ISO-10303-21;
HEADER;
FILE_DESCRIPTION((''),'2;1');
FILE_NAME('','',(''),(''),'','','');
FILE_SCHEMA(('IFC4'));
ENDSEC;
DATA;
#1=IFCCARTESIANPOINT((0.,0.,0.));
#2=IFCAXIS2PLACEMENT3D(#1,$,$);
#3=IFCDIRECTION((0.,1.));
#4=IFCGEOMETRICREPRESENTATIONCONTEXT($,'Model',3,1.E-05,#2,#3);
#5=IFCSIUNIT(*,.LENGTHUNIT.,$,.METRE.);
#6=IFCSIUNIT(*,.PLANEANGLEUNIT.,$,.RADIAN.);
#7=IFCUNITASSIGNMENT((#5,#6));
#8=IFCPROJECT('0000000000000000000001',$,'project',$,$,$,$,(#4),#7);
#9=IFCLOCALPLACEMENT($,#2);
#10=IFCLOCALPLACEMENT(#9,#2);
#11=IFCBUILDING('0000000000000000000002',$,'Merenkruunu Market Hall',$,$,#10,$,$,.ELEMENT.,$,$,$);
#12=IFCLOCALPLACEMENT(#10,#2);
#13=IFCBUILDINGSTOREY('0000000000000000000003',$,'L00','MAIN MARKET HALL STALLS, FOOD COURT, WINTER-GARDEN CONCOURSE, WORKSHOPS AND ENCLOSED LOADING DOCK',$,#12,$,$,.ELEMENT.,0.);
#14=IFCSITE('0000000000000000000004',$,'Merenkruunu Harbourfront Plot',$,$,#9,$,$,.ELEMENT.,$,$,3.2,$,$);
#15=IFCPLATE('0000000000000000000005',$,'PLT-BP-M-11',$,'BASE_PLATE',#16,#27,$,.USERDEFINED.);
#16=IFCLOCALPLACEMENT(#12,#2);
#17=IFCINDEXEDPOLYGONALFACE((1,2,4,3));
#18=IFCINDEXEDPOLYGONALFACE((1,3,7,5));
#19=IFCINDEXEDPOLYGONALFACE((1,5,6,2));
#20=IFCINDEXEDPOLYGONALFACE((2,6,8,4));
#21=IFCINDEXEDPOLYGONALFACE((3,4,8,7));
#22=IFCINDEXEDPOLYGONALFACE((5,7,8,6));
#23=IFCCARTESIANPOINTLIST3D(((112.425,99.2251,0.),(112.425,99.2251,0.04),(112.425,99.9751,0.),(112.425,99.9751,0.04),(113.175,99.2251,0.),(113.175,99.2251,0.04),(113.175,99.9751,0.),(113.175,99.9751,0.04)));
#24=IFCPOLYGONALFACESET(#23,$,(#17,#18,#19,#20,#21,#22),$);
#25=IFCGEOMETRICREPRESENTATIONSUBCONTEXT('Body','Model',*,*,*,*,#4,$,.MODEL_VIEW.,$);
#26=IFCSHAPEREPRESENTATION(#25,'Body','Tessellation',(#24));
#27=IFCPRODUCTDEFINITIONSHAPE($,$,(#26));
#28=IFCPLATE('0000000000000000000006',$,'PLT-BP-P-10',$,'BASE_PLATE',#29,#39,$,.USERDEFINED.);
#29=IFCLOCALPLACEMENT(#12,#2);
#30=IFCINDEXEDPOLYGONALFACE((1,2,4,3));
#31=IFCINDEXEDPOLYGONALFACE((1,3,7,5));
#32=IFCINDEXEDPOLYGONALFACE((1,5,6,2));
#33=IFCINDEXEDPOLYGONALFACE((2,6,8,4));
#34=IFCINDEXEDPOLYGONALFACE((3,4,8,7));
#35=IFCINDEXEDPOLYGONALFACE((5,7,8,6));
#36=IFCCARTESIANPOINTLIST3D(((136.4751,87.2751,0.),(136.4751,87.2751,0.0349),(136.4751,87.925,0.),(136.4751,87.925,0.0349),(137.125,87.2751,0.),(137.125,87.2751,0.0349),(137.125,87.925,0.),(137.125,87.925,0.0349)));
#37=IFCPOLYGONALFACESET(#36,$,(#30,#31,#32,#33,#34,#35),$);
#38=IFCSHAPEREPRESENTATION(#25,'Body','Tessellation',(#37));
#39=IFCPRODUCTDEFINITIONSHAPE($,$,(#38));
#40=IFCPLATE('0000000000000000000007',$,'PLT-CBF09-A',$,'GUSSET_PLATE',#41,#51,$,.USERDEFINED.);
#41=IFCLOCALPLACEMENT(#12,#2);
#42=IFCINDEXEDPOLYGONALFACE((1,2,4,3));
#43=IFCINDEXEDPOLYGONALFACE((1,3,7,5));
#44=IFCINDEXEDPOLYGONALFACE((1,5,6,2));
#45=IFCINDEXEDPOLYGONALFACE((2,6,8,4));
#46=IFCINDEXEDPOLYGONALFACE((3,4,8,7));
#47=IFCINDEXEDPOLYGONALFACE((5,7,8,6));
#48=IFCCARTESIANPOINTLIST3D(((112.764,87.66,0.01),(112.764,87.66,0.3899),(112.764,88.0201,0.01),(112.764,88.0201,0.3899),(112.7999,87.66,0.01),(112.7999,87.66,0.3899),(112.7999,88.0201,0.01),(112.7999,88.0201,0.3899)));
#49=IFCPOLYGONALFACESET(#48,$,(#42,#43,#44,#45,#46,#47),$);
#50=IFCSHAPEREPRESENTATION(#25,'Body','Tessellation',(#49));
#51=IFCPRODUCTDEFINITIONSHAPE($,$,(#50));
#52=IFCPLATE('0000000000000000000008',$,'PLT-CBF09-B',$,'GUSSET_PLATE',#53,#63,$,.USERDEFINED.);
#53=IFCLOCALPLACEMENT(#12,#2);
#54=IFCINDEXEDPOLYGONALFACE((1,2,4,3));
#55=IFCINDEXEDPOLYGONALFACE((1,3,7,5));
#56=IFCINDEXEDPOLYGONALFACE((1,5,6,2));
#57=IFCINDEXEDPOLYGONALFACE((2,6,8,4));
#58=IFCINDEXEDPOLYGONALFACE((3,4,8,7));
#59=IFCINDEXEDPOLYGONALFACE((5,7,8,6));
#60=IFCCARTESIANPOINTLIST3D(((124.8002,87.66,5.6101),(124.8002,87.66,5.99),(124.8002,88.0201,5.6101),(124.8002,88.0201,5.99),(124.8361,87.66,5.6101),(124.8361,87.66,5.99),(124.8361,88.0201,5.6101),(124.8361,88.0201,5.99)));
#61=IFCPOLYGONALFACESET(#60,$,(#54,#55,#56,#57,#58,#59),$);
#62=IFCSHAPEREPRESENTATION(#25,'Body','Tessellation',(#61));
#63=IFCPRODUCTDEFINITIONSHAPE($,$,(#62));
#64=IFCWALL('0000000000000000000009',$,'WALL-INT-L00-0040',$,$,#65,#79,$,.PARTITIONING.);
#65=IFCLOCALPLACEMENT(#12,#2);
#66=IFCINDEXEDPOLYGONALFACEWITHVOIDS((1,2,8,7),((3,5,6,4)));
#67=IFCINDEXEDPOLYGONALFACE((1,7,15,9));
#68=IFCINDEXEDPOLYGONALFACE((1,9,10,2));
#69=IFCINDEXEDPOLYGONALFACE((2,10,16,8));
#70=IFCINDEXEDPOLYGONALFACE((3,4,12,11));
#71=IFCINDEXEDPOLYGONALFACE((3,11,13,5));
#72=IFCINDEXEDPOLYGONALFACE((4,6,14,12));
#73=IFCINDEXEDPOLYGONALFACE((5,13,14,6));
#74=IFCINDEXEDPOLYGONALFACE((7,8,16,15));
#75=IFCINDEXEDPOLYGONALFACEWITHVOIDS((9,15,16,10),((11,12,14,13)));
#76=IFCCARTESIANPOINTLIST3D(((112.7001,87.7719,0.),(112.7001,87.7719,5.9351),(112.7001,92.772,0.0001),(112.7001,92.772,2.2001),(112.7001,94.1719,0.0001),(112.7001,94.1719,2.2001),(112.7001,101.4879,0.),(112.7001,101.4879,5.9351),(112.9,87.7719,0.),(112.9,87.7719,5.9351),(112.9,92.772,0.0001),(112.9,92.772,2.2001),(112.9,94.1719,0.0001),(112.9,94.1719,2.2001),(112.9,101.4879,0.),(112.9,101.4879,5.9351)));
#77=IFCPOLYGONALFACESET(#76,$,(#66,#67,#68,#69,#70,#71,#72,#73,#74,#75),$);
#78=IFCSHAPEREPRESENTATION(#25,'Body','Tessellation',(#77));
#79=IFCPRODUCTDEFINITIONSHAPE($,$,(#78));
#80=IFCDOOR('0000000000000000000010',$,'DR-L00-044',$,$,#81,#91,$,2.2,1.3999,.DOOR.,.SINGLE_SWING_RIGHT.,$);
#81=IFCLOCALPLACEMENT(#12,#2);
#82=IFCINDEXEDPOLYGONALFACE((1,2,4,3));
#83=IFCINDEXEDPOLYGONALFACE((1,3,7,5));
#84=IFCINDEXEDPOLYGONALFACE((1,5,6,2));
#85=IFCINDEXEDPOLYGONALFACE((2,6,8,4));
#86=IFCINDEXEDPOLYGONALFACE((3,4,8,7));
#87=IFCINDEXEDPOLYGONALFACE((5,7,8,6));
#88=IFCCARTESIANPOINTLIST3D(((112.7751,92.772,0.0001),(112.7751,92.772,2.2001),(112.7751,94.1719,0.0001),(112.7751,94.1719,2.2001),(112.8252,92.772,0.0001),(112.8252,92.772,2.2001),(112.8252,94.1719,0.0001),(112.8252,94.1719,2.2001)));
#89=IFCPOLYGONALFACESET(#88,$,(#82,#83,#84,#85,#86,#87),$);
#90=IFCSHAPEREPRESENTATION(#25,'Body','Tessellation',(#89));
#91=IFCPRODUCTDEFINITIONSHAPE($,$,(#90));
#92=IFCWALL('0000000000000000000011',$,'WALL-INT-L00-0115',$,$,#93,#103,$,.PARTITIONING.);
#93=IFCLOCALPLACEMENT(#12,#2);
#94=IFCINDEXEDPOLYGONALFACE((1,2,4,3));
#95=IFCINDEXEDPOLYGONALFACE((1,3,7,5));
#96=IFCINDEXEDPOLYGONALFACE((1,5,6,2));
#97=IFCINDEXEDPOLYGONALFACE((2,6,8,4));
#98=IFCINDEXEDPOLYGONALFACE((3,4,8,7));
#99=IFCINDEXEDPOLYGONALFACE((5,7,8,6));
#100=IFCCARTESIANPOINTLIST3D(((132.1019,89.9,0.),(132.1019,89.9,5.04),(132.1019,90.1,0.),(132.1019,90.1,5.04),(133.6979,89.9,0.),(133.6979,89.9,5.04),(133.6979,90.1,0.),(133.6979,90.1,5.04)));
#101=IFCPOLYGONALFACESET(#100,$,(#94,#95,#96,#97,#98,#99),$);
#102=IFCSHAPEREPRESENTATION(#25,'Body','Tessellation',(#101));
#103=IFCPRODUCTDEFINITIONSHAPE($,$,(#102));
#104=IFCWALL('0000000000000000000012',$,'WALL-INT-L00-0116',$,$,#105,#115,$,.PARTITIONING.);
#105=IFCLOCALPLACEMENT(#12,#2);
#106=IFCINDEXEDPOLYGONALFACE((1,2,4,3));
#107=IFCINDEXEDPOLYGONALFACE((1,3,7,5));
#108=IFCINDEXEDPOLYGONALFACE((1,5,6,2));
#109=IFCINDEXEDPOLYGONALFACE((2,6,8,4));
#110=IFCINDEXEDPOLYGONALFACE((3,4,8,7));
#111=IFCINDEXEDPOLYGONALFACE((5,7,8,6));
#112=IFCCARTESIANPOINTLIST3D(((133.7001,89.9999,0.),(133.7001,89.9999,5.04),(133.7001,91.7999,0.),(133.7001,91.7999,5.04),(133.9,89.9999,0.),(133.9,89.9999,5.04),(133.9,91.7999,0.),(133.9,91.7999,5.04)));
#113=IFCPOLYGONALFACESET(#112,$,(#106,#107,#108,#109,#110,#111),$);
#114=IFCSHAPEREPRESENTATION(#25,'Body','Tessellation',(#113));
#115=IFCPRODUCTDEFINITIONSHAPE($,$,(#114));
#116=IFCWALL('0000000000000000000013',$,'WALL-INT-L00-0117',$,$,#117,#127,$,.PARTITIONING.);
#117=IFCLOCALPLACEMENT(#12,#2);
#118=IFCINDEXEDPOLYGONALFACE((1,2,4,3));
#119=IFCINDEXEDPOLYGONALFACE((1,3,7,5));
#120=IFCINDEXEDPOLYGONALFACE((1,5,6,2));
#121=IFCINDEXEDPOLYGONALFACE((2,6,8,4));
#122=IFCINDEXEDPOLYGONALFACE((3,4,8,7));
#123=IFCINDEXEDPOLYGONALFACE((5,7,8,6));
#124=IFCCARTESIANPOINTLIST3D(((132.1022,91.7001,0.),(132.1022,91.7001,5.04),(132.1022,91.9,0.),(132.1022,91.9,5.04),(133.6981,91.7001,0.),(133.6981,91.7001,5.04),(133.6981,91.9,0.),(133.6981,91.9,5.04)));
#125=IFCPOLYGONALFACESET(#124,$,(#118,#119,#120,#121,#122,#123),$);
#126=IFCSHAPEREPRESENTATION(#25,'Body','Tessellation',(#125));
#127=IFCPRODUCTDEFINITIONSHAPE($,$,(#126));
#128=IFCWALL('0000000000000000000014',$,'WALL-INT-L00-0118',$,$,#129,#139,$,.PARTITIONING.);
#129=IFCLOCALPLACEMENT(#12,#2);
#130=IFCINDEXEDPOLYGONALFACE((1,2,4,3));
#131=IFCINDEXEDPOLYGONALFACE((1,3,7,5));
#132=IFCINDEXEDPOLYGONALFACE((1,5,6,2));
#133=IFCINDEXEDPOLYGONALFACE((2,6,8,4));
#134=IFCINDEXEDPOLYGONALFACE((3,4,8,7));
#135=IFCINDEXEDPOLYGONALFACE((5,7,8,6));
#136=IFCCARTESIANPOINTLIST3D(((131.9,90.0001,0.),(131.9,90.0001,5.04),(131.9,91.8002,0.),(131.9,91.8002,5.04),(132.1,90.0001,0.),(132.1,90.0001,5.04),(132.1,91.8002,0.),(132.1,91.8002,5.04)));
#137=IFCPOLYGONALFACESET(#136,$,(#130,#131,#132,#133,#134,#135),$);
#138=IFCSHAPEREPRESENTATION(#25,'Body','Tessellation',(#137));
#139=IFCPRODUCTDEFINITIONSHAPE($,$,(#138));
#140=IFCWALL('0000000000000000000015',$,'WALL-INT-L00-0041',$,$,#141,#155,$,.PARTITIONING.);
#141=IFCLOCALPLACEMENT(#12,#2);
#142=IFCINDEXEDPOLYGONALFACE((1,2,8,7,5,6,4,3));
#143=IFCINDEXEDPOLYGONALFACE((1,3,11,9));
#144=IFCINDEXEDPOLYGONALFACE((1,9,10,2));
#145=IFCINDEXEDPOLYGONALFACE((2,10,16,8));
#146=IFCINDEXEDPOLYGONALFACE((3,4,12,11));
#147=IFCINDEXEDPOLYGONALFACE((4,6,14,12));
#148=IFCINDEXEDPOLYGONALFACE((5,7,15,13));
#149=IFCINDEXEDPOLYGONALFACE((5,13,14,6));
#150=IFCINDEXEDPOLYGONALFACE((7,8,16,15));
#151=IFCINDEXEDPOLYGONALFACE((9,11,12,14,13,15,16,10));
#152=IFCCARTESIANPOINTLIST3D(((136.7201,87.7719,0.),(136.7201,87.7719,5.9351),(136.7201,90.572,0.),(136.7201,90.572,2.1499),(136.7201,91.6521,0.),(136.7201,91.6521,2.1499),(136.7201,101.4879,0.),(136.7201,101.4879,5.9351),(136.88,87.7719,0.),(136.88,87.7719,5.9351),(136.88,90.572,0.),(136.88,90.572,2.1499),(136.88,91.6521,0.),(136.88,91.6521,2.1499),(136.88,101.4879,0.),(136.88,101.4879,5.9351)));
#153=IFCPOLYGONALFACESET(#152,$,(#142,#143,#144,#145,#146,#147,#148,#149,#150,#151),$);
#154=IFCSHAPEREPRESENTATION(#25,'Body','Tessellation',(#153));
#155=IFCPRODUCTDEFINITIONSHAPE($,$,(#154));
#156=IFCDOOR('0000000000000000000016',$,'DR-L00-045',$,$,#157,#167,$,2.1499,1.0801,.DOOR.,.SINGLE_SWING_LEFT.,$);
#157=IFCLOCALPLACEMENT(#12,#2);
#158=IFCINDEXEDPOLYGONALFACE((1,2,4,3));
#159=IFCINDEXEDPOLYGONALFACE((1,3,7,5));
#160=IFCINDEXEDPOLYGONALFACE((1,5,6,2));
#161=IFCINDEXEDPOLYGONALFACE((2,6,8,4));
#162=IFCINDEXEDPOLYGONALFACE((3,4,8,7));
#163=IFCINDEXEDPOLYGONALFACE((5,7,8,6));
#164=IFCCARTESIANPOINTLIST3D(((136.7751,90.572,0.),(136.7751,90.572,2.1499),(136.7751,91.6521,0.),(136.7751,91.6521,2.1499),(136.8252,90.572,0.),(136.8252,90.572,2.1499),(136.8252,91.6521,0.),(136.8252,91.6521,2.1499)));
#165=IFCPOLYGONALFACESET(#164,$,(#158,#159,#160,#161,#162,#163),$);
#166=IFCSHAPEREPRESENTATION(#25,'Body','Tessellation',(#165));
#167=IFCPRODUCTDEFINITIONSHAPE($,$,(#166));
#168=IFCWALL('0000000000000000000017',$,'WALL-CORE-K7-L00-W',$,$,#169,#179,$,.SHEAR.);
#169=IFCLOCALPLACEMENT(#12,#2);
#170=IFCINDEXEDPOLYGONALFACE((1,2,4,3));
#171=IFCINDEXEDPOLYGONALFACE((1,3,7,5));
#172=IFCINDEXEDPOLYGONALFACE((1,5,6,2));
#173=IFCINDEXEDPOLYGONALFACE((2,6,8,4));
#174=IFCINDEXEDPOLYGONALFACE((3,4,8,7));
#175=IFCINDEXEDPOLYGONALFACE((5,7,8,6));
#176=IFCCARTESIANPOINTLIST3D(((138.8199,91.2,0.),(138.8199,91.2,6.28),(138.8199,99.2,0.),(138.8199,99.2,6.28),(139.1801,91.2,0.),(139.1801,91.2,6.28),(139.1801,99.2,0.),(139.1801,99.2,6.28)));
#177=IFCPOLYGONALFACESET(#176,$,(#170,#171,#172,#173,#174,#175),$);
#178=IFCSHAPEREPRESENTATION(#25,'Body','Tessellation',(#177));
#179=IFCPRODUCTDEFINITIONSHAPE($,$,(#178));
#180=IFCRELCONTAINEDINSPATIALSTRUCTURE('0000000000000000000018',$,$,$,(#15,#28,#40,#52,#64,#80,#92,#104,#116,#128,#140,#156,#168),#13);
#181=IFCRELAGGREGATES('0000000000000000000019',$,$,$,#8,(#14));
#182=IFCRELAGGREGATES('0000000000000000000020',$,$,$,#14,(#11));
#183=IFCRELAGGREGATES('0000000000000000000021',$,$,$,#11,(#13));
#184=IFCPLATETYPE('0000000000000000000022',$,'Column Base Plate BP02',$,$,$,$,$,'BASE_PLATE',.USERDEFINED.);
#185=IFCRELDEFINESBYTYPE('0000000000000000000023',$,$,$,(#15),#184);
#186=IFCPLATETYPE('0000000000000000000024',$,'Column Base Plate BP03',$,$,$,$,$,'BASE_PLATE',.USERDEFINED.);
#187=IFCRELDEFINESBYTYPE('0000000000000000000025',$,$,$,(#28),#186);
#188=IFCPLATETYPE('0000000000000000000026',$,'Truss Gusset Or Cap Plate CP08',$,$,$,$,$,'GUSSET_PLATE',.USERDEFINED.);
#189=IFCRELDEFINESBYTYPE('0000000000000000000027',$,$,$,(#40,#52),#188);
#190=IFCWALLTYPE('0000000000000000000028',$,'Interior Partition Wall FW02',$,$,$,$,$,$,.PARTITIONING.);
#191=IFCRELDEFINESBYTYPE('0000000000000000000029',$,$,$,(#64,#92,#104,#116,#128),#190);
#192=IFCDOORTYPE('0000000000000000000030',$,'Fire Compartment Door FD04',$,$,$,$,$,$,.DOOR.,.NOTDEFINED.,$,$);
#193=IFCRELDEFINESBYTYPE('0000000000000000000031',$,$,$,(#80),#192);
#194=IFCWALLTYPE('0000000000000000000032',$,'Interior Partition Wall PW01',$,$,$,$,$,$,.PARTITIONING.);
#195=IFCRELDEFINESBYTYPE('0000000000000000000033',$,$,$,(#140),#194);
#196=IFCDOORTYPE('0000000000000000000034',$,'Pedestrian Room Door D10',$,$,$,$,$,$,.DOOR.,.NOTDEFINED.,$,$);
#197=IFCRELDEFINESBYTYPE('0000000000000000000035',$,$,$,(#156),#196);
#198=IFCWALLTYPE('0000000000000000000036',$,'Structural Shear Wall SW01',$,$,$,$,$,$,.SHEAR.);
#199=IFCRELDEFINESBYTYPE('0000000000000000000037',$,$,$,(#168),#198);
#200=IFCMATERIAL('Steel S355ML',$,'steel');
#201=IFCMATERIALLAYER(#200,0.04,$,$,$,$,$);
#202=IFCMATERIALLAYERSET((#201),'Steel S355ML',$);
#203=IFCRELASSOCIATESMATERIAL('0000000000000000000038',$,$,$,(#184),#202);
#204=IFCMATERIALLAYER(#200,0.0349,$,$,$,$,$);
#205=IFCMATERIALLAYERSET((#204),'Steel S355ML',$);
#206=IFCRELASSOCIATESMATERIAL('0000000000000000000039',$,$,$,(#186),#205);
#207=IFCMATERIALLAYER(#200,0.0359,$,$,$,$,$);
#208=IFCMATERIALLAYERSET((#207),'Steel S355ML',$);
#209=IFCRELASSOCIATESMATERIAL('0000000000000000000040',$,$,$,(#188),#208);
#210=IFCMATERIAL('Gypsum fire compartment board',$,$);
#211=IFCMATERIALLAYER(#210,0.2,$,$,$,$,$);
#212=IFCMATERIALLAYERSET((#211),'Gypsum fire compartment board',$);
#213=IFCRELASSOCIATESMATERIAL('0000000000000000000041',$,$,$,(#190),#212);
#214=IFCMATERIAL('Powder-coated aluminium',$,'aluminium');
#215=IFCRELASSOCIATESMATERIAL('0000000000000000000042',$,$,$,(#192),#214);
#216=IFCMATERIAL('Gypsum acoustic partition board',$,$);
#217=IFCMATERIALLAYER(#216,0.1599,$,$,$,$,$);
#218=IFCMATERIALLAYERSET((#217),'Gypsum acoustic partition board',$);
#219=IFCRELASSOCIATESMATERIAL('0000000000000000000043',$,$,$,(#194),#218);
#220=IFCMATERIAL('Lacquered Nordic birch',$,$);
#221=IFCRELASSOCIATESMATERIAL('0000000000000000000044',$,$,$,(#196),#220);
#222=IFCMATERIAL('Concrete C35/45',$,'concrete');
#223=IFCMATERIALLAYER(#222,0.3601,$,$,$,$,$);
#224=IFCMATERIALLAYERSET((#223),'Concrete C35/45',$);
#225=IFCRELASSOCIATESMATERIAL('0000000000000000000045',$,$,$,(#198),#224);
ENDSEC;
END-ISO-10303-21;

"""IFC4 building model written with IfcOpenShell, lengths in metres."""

from ifc_helpers import new_model, si_unit, direction, frame, frame_2d, origin, origin_2d, place, context, subcontext, project, spatial, rectangle, extrude, material, layer, layer_set, type_object, element, fill, save


model = new_model("IFC4")

# Units and contexts
model_context = context("Model", 3, precision=1e-05, world=origin(), true_north=direction((0.0, 1.0)))
body_context = subcontext(model_context, "Body", "Model", "MODEL_VIEW")
ifc_project = project(units=[si_unit("LENGTHUNIT", "METRE"), si_unit("PLANEANGLEUNIT", "RADIAN")], contexts=[model_context])

# Site, building, storey
site_placement = place(None, origin())
site = spatial("IfcSite", under=ifc_project, at=site_placement, Name="Merenkruunu Harbourfront Plot", CompositionType="ELEMENT", RefElevation=3.2)
building_placement = place(site_placement, origin())
building = spatial("IfcBuilding", under=site, at=building_placement, Name="Merenkruunu Market Hall", CompositionType="ELEMENT")
storey_placement = place(building_placement, origin())
storey = spatial("IfcBuildingStorey", under=building, at=storey_placement, Name="L00", Description="MAIN MARKET HALL STALLS, FOOD COURT, WINTER-GARDEN CONCOURSE, WORKSHOPS AND ENCLOSED LOADING DOCK", CompositionType="ELEMENT", Elevation=0.0)

# Plates
ifc_material_1 = material(Name="Steel S355ML", Category="steel")
ifc_layer_1 = layer(ifc_material_1, 0.04)
ifc_layer_set_1 = layer_set([ifc_layer_1], Name="Steel S355ML")
plate_type_1 = type_object("IfcPlateType", Name="Column Base Plate BP02", ElementType="BASE_PLATE", PredefinedType="USERDEFINED", material=ifc_layer_set_1)
plate_1_placement = place(storey_placement, frame((112.8, 99.6001, 0.0), z_axis=(0.0, 0.0, 1.0), x_axis=(1.0, 0.0, 0.0)))
element("IfcPlate", 1, at=plate_1_placement, inside=storey, type_object=plate_type_1, Name="PLT-BP-M-11", ObjectType="BASE_PLATE", PredefinedType="USERDEFINED", context=body_context, shape_type="SweptSolid", body=[
    extrude(rectangle(XDim=0.75, YDim=0.75, at=origin_2d()), origin(), (0.0, 0.0, 1.0), 0.04),
])
ifc_layer_2 = layer(ifc_material_1, 0.0349)
ifc_layer_set_2 = layer_set([ifc_layer_2], Name="Steel S355ML")
plate_type_2 = type_object("IfcPlateType", Name="Column Base Plate BP03", ElementType="BASE_PLATE", PredefinedType="USERDEFINED", material=ifc_layer_set_2)
plate_2_placement = place(storey_placement, frame((136.8, 87.6001, 0.0), z_axis=(0.0, 0.0, 1.0), x_axis=(1.0, 0.0, 0.0)))
element("IfcPlate", 2, at=plate_2_placement, inside=storey, type_object=plate_type_2, Name="PLT-BP-P-10", ObjectType="BASE_PLATE", PredefinedType="USERDEFINED", context=body_context, shape_type="SweptSolid", body=[
    extrude(rectangle(XDim=0.6499, YDim=0.6499, at=origin_2d()), origin(), (0.0, 0.0, 1.0), 0.0349),
])
ifc_layer_3 = layer(ifc_material_1, 0.0359)
ifc_layer_set_3 = layer_set([ifc_layer_3], Name="Steel S355ML")
plate_type_3 = type_object("IfcPlateType", Name="Truss Gusset Or Cap Plate CP08", ElementType="GUSSET_PLATE", PredefinedType="USERDEFINED", material=ifc_layer_set_3)
for number, where, z_axis, x_axis, name in (
    (3, (112.782, 87.8401, 0.01), (0.0, 0.0, 1.0), (1.0, 0.0, 0.0), "PLT-CBF09-A"),
    (4, (124.8181, 87.8401, 5.6101), (0.0, 0.0, 1.0), (1.0, 0.0, 0.0), "PLT-CBF09-B"),
):
    element("IfcPlate", number, at=place(storey_placement, frame(where, z_axis=z_axis, x_axis=x_axis)), inside=storey, type_object=plate_type_3, Name=name, ObjectType="GUSSET_PLATE", PredefinedType="USERDEFINED", context=body_context, shape_type="SweptSolid", body=[
        extrude(rectangle(XDim=0.0359, YDim=0.3601, at=origin_2d()), origin(), (0.0, 0.0, 1.0), 0.3799),
    ])

# Wall, opening, door
ifc_material_2 = material(Name="Gypsum fire compartment board")
ifc_layer_4 = layer(ifc_material_2, 0.2)
ifc_layer_set_4 = layer_set([ifc_layer_4], Name="Gypsum fire compartment board")
wall_type_1 = type_object("IfcWallType", Name="Interior Partition Wall FW02", PredefinedType="PARTITIONING", material=ifc_layer_set_4)
wall_1_placement = place(storey_placement, frame((112.8, 87.772, 0.0), z_axis=(0.0, 0.0, 1.0), x_axis=(0.0, 1.0, 0.0)))
wall_1 = element("IfcWall", 5, at=wall_1_placement, inside=storey, type_object=wall_type_1, Name="WALL-INT-L00-0040", PredefinedType="PARTITIONING", context=body_context, shape_type="SweptSolid", body=[
    extrude(rectangle(XDim=13.7161, YDim=0.2, at=frame_2d((6.8579, 0.0))), origin(), (0.0, 0.0, 1.0), 5.9351),
])
opening_1_placement = place(wall_1_placement, frame((5.0, 0.0, 0.0)))
opening_1 = element("IfcOpeningElement", 6, at=opening_1_placement, cuts=wall_1, PredefinedType="OPENING", context=body_context, shape_type="SweptSolid", body=[
    extrude(rectangle(XDim=1.3999, YDim=2.2, at=frame_2d((0.7, 1.1001))), frame((0.0, 0.1099, 0.0), z_axis=(0.0, -1.0, 0.0), x_axis=(1.0, 0.0, 0.0)), (0.0, 0.0, 1.0), 0.22),
])
ifc_material_3 = material(Name="Powder-coated aluminium", Category="aluminium")
door_type_1 = type_object("IfcDoorType", Name="Fire Compartment Door FD04", OperationType="NOTDEFINED", PredefinedType="DOOR", material=ifc_material_3)
door_1_placement = place(opening_1_placement, origin())
door_1 = element("IfcDoor", 7, at=door_1_placement, inside=storey, type_object=door_type_1, Name="DR-L00-044", OperationType="SINGLE_SWING_RIGHT", OverallHeight=2.2, OverallWidth=1.3999, PredefinedType="DOOR", context=body_context, shape_type="SweptSolid", body=[
    extrude(rectangle(XDim=1.3999, YDim=2.2, at=frame_2d((0.7, 1.1001))), frame((0.0, 0.0249, 0.0), z_axis=(0.0, -1.0, 0.0), x_axis=(1.0, 0.0, 0.0)), (0.0, 0.0, 1.0), 0.05),
])
fill(opening_1, door_1)

# Walls
wall_2_placement = place(storey_placement, frame((132.1021, 90.0, 0.0), z_axis=(0.0, 0.0, 1.0), x_axis=(1.0, 0.0, 0.0)))
element("IfcWall", 8, at=wall_2_placement, inside=storey, type_object=wall_type_1, Name="WALL-INT-L00-0115", PredefinedType="PARTITIONING", context=body_context, shape_type="SweptSolid", body=[
    extrude(rectangle(XDim=1.5959, YDim=0.2, at=frame_2d((0.7979, 0.0))), origin(), (0.0, 0.0, 1.0), 5.04),
])
wall_3_placement = place(storey_placement, frame((133.8, 90.0, 0.0), z_axis=(0.0, 0.0, 1.0), x_axis=(0.0, 1.0, 0.0)))
element("IfcWall", 9, at=wall_3_placement, inside=storey, type_object=wall_type_1, Name="WALL-INT-L00-0116", PredefinedType="PARTITIONING", context=body_context, shape_type="SweptSolid", body=[
    extrude(rectangle(XDim=1.8, YDim=0.2, at=frame_2d((0.8999, 0.0))), origin(), (0.0, 0.0, 1.0), 5.04),
])
wall_4_placement = place(storey_placement, frame((133.698, 91.8, 0.0), z_axis=(0.0, 0.0, 1.0), x_axis=(-1.0, 0.0, 0.0)))
element("IfcWall", 10, at=wall_4_placement, inside=storey, type_object=wall_type_1, Name="WALL-INT-L00-0117", PredefinedType="PARTITIONING", context=body_context, shape_type="SweptSolid", body=[
    extrude(rectangle(XDim=1.5959, YDim=0.2, at=frame_2d((0.7979, 0.0))), origin(), (0.0, 0.0, 1.0), 5.04),
])
wall_5_placement = place(storey_placement, frame((132.0, 91.8, 0.0), z_axis=(0.0, 0.0, 1.0), x_axis=(0.0, -1.0, 0.0)))
element("IfcWall", 11, at=wall_5_placement, inside=storey, type_object=wall_type_1, Name="WALL-INT-L00-0118", PredefinedType="PARTITIONING", context=body_context, shape_type="SweptSolid", body=[
    extrude(rectangle(XDim=1.8, YDim=0.2, at=frame_2d((0.8999, 0.0))), origin(), (0.0, 0.0, 1.0), 5.04),
])

# Wall, opening, door
ifc_material_4 = material(Name="Gypsum acoustic partition board")
ifc_layer_5 = layer(ifc_material_4, 0.1599)
ifc_layer_set_5 = layer_set([ifc_layer_5], Name="Gypsum acoustic partition board")
wall_type_2 = type_object("IfcWallType", Name="Interior Partition Wall PW01", PredefinedType="PARTITIONING", material=ifc_layer_set_5)
wall_6_placement = place(storey_placement, frame((136.8, 87.772, 0.0), z_axis=(0.0, 0.0, 1.0), x_axis=(0.0, 1.0, 0.0)))
wall_6 = element("IfcWall", 12, at=wall_6_placement, inside=storey, type_object=wall_type_2, Name="WALL-INT-L00-0041", PredefinedType="PARTITIONING", context=body_context, shape_type="SweptSolid", body=[
    extrude(rectangle(XDim=13.7161, YDim=0.1599, at=frame_2d((6.8579, 0.0))), origin(), (0.0, 0.0, 1.0), 5.9351),
])
opening_2_placement = place(wall_6_placement, frame((2.8, 0.0, 0.0)))
opening_2 = element("IfcOpeningElement", 13, at=opening_2_placement, cuts=wall_6, PredefinedType="OPENING", context=body_context, shape_type="SweptSolid", body=[
    extrude(rectangle(XDim=1.0801, YDim=2.1499, at=frame_2d((0.54, 1.075))), frame((0.0, 0.0898, 0.0), z_axis=(0.0, -1.0, 0.0), x_axis=(1.0, 0.0, 0.0)), (0.0, 0.0, 1.0), 0.1799),
])
ifc_material_5 = material(Name="Lacquered Nordic birch")
door_type_2 = type_object("IfcDoorType", Name="Pedestrian Room Door D10", OperationType="NOTDEFINED", PredefinedType="DOOR", material=ifc_material_5)
door_2_placement = place(opening_2_placement, origin())
door_2 = element("IfcDoor", 14, at=door_2_placement, inside=storey, type_object=door_type_2, Name="DR-L00-045", OperationType="SINGLE_SWING_LEFT", OverallHeight=2.1499, OverallWidth=1.0801, PredefinedType="DOOR", context=body_context, shape_type="SweptSolid", body=[
    extrude(rectangle(XDim=1.0801, YDim=2.1499, at=frame_2d((0.54, 1.075))), frame((0.0, 0.0249, 0.0), z_axis=(0.0, -1.0, 0.0), x_axis=(1.0, 0.0, 0.0)), (0.0, 0.0, 1.0), 0.05),
])
fill(opening_2, door_2)

# Wall
ifc_material_6 = material(Name="Concrete C35/45", Category="concrete")
ifc_layer_6 = layer(ifc_material_6, 0.3601)
ifc_layer_set_6 = layer_set([ifc_layer_6], Name="Concrete C35/45")
wall_type_3 = type_object("IfcWallType", Name="Structural Shear Wall SW01", PredefinedType="SHEAR", material=ifc_layer_set_6)
wall_7_placement = place(storey_placement, frame((139.0, 99.2, 0.0), z_axis=(0.0, 0.0, 1.0), x_axis=(0.0, -1.0, 0.0)))
element("IfcWall", 15, at=wall_7_placement, inside=storey, type_object=wall_type_3, Name="WALL-CORE-K7-L00-W", PredefinedType="SHEAR", context=body_context, shape_type="SweptSolid", body=[
    extrude(rectangle(XDim=8.0, YDim=0.3601, at=frame_2d((4.0, 0.0))), origin(), (0.0, 0.0, 1.0), 6.28),
])

save(model, "model.ifc")
